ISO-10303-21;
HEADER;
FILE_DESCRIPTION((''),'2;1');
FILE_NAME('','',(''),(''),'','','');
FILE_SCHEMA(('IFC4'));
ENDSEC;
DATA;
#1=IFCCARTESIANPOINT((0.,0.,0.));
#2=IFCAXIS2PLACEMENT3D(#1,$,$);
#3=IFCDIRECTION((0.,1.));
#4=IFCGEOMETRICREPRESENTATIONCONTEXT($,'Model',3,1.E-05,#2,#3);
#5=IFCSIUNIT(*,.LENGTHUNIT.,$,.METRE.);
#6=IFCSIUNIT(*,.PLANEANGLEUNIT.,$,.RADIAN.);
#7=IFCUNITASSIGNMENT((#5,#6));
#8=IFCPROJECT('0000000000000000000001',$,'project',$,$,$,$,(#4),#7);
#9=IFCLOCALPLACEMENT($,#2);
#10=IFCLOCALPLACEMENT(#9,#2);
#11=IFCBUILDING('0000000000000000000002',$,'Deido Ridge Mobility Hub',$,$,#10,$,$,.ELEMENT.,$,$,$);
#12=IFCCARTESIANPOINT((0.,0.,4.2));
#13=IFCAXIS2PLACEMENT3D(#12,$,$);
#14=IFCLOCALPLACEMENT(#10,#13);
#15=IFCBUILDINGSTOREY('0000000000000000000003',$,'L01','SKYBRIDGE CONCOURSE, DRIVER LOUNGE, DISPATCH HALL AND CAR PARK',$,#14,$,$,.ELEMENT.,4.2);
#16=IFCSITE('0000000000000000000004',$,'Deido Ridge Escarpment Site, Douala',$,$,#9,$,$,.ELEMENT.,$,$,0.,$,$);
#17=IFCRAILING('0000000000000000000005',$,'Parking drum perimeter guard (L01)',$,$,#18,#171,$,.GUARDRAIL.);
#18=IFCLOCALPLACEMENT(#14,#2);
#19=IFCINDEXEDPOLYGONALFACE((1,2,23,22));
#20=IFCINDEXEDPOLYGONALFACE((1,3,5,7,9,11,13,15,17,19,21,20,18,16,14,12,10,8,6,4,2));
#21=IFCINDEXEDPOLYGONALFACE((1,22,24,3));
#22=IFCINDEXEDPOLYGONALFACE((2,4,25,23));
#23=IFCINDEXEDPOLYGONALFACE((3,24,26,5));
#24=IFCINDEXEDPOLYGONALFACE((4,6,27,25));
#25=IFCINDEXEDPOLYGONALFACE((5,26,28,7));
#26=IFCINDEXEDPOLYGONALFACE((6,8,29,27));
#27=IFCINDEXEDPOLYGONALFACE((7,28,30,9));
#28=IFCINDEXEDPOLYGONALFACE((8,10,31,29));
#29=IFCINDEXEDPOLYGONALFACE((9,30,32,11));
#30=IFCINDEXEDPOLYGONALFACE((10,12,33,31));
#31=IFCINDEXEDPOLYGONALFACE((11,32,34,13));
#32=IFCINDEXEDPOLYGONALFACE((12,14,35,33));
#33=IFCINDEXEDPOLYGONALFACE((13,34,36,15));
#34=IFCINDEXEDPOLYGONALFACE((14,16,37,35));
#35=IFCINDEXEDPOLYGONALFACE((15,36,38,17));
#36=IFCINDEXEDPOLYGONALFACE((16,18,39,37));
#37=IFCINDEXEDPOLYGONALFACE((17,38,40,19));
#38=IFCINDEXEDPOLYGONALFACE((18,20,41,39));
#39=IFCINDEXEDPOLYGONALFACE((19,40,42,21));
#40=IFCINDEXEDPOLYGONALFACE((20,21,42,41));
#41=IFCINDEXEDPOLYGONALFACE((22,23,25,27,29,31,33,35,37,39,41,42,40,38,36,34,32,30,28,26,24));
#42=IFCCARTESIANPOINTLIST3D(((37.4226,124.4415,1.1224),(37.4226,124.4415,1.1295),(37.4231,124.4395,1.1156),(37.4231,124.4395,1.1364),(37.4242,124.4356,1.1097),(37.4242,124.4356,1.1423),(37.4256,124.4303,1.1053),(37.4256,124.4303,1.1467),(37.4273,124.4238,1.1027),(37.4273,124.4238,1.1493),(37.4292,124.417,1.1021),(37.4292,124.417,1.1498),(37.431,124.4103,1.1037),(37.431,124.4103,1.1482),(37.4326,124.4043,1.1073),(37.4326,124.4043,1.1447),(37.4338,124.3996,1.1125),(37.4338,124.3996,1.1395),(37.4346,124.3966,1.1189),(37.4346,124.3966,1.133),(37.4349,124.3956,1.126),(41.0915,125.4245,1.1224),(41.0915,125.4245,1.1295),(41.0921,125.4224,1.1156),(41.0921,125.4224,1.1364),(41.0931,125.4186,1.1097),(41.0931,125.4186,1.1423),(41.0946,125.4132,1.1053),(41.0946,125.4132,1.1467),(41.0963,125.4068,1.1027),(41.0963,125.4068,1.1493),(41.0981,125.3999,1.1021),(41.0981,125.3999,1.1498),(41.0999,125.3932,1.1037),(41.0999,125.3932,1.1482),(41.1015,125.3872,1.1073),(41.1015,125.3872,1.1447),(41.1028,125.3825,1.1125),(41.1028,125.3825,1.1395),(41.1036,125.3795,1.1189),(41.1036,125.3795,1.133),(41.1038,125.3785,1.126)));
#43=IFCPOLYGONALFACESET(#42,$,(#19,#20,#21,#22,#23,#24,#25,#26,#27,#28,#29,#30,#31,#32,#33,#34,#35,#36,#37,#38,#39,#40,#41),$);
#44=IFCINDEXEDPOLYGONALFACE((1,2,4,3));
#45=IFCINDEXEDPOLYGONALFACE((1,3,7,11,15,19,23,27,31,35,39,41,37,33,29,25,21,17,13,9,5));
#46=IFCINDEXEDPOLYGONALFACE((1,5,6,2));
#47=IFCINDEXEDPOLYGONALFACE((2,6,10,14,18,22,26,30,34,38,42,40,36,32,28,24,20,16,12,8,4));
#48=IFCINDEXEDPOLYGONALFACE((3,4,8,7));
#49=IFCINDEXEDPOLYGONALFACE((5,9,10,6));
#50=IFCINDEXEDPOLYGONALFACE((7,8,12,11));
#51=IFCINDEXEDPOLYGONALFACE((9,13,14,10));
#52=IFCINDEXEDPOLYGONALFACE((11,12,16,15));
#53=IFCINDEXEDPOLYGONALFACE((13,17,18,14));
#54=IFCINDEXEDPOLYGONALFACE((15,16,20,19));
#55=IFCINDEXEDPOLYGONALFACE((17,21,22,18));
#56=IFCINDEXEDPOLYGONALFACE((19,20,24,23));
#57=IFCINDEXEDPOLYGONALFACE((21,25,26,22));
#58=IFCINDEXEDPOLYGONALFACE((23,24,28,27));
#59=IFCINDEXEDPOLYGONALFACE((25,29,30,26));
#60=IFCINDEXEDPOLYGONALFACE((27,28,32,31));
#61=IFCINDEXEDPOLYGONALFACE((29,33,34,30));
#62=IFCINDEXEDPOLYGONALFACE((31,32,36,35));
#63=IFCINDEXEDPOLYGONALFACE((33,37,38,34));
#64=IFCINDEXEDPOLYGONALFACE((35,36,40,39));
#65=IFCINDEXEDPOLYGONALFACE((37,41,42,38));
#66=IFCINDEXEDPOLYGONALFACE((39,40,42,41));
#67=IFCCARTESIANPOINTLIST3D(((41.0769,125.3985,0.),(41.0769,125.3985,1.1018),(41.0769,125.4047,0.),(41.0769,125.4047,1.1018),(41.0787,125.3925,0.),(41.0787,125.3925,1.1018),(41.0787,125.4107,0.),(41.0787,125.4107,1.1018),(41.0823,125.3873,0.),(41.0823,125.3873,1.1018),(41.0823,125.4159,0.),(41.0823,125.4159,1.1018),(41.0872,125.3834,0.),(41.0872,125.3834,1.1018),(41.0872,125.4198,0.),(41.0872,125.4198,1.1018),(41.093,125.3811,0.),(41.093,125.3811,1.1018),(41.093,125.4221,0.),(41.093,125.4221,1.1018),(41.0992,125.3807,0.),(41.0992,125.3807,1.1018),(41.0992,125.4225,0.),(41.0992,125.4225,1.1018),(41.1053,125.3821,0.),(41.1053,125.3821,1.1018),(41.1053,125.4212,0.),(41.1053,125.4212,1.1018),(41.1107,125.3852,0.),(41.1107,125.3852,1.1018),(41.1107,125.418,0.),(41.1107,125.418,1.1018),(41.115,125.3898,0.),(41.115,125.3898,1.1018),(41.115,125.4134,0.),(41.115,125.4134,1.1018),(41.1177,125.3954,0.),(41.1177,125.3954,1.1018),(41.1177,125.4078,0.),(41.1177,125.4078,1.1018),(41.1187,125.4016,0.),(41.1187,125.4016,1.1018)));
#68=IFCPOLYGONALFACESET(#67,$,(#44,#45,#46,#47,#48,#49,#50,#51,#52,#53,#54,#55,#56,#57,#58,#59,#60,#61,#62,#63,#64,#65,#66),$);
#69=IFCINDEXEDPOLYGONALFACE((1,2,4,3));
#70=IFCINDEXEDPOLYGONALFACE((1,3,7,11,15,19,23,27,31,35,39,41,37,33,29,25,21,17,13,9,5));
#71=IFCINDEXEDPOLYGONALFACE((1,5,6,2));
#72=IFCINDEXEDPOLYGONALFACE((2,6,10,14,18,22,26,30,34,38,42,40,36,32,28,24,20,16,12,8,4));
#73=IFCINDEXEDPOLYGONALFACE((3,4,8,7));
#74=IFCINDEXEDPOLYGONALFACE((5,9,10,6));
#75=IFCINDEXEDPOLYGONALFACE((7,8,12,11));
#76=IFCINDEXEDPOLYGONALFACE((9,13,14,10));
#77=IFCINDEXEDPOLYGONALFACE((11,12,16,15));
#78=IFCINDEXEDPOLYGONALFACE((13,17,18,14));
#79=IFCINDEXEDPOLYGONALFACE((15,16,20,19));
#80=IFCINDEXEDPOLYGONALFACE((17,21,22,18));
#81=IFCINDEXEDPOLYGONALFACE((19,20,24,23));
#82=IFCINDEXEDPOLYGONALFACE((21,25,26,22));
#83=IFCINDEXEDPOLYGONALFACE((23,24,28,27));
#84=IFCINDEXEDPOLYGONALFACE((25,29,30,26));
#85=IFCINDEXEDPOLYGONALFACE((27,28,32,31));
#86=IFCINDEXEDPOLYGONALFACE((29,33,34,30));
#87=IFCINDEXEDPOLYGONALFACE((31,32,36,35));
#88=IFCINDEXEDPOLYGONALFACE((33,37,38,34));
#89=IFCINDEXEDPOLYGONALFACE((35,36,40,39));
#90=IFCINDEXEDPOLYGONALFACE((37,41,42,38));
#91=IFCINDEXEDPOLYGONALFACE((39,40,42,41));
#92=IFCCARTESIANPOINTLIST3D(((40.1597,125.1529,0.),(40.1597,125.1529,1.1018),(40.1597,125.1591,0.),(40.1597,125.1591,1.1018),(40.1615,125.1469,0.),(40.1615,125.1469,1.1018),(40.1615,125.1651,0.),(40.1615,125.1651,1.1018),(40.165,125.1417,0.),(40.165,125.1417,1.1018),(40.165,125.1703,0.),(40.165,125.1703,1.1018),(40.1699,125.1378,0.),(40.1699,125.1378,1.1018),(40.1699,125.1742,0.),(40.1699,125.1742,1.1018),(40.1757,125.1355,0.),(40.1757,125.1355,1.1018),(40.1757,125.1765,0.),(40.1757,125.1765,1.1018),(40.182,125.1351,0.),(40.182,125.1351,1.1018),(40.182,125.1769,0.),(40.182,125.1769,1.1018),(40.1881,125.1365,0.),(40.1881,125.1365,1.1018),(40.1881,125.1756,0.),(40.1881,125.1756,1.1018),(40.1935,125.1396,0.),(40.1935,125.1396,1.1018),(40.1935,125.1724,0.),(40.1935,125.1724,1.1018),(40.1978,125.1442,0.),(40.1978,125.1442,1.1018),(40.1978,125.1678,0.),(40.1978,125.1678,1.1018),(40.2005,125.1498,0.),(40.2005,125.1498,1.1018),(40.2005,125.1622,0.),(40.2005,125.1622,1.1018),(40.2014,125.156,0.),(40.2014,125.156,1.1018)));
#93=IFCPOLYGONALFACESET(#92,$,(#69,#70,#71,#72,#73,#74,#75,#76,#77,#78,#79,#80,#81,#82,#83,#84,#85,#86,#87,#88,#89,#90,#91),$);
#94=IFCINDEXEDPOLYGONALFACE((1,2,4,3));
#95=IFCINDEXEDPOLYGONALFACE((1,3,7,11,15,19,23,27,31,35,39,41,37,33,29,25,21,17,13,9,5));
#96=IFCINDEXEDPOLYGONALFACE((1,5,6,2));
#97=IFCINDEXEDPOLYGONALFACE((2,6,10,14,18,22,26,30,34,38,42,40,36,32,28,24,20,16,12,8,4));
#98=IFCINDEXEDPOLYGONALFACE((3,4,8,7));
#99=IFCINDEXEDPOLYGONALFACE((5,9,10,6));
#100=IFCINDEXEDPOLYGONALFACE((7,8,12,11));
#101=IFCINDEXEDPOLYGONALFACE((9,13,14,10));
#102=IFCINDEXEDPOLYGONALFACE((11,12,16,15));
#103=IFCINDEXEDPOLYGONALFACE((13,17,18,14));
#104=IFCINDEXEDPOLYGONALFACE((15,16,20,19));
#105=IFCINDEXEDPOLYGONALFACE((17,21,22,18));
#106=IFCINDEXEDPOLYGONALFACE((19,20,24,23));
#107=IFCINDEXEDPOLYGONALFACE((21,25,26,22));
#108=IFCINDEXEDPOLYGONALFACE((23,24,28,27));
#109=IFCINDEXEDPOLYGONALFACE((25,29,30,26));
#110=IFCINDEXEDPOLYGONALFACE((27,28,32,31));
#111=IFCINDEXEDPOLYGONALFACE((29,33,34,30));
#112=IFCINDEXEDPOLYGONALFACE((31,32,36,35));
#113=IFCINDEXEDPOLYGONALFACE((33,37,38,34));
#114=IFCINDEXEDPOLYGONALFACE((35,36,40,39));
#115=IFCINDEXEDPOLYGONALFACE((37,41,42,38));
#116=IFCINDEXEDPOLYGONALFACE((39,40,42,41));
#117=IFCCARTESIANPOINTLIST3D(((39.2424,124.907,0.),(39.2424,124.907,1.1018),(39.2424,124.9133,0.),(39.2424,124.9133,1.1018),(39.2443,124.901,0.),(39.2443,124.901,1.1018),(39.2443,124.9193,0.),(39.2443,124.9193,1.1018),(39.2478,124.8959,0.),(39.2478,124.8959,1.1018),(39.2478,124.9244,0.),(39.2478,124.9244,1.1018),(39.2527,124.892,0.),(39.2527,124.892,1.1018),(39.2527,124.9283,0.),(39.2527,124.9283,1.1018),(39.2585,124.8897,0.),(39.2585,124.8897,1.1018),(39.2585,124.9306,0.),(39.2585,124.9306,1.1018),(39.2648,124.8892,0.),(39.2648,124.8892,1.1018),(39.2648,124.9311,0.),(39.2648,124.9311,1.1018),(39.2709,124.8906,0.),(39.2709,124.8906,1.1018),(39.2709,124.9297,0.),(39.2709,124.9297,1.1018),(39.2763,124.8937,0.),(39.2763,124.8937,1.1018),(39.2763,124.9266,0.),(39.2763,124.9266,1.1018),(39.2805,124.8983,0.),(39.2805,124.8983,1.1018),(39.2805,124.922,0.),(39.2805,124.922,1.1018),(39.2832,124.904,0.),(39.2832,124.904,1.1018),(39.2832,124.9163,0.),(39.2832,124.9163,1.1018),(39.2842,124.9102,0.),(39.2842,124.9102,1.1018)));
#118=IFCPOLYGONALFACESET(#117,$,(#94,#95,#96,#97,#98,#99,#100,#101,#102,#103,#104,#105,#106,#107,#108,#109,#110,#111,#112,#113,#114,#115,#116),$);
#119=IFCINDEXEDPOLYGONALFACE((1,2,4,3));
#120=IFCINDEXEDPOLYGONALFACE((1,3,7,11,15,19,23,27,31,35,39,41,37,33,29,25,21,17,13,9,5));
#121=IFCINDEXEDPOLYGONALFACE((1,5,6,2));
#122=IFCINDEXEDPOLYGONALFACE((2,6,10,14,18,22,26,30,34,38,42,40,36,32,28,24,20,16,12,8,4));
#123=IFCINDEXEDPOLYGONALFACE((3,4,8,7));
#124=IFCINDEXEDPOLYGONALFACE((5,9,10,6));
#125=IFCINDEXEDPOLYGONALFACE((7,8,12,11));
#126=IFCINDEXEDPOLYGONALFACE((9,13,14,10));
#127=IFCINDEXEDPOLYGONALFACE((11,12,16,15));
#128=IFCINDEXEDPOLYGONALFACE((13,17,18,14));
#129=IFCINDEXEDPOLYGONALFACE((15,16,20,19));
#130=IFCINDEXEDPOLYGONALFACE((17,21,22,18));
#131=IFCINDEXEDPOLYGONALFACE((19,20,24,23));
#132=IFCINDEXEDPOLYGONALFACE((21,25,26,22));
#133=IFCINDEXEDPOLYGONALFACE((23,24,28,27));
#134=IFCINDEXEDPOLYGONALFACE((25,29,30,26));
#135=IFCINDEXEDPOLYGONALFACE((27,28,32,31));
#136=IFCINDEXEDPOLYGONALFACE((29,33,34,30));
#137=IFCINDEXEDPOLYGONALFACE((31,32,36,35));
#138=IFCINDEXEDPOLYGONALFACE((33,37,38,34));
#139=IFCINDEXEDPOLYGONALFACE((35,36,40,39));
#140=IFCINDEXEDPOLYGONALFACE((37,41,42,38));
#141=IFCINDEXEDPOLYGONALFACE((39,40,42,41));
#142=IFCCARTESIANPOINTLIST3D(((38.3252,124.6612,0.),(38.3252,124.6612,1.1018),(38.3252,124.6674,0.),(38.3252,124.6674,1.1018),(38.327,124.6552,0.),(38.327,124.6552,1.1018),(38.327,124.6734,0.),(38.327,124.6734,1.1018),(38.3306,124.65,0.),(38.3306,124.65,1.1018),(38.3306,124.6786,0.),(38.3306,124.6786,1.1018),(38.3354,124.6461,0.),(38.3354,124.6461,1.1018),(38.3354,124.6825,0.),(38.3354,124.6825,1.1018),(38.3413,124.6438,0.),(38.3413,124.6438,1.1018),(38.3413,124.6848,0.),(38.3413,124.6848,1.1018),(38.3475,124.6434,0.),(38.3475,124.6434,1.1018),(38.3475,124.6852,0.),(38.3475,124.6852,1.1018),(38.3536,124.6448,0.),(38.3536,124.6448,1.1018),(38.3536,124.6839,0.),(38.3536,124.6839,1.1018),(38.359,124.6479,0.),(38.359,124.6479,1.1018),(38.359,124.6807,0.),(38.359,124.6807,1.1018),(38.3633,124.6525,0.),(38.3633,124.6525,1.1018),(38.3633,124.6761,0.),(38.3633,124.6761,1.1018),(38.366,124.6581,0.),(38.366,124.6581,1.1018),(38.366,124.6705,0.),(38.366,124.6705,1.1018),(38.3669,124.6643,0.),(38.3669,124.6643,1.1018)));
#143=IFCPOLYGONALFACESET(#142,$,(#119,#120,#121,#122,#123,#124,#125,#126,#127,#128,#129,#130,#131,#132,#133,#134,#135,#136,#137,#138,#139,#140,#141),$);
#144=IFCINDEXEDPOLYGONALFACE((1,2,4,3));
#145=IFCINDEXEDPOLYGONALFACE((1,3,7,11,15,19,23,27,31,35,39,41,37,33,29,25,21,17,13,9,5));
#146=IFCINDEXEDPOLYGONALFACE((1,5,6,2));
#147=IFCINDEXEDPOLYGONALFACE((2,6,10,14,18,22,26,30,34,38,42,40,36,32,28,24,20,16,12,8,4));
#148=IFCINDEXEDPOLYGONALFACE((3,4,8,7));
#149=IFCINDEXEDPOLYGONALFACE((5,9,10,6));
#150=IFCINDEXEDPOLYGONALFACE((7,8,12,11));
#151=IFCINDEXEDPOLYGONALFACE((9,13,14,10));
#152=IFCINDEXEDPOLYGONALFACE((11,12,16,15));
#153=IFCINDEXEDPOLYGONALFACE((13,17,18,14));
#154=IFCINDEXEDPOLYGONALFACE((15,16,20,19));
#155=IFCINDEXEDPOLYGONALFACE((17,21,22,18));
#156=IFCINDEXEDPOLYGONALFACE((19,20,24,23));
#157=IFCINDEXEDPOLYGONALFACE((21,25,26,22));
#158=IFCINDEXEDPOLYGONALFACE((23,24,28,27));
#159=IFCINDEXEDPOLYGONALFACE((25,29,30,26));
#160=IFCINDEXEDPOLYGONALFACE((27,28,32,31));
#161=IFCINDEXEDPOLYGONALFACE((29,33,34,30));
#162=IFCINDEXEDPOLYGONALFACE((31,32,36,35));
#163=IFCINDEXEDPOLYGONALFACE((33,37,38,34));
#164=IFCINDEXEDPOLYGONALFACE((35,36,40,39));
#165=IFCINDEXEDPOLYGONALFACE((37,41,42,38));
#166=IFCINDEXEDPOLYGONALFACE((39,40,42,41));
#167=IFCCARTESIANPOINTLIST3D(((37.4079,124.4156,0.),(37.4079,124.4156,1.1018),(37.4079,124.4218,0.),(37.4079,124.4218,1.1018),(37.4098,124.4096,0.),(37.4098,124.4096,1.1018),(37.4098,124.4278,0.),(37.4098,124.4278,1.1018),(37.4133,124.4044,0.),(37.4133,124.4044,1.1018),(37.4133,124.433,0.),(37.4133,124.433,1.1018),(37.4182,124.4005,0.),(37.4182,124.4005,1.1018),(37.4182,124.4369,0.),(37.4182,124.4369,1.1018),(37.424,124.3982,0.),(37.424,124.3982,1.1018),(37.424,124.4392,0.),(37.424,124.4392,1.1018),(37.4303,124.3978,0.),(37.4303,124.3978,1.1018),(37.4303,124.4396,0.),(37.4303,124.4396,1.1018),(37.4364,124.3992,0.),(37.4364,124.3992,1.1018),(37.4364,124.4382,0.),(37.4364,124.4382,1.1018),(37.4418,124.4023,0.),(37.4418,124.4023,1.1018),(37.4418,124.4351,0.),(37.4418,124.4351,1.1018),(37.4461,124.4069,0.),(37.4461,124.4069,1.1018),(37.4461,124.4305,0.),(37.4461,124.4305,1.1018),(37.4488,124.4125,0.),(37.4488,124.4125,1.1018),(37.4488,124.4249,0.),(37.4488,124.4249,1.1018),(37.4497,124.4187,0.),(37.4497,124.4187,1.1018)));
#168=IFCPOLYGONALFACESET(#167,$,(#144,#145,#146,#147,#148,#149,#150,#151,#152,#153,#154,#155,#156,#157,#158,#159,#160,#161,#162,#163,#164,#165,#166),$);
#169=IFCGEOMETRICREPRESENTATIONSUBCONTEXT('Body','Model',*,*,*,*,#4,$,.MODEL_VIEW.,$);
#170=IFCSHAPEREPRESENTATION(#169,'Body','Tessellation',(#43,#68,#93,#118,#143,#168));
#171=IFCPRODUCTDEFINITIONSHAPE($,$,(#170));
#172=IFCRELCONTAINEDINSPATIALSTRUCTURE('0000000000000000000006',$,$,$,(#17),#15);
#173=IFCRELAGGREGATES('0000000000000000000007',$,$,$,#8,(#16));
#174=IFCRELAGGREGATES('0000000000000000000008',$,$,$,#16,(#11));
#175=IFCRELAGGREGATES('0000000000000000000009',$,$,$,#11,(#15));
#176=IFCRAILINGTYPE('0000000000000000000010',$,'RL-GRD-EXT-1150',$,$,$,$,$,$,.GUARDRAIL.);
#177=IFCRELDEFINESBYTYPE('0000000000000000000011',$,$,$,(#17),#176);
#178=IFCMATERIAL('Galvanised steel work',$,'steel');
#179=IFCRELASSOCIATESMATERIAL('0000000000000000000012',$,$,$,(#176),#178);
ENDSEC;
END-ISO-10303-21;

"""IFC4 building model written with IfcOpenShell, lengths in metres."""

from ifc_helpers import new_model, si_unit, direction, frame, origin, origin_2d, place, context, subcontext, project, spatial, circle, extrude, material, type_object, element, save


model = new_model("IFC4")

# Units and contexts
model_context = context("Model", 3, precision=1e-05, world=origin(), true_north=direction((0.0, 1.0)))
body_context = subcontext(model_context, "Body", "Model", "MODEL_VIEW")
ifc_project = project(units=[si_unit("LENGTHUNIT", "METRE"), si_unit("PLANEANGLEUNIT", "RADIAN")], contexts=[model_context])

# Site, building, storey
site_placement = place(None, origin())
site = spatial("IfcSite", under=ifc_project, at=site_placement, Name="Deido Ridge Escarpment Site, Douala", CompositionType="ELEMENT", RefElevation=0.0)
building_placement = place(site_placement, origin())
building = spatial("IfcBuilding", under=site, at=building_placement, Name="Deido Ridge Mobility Hub", CompositionType="ELEMENT")
storey_placement = place(building_placement, frame((0.0, 0.0, 4.2)))
storey = spatial("IfcBuildingStorey", under=building, at=storey_placement, Name="L01", Description="SKYBRIDGE CONCOURSE, DRIVER LOUNGE, DISPATCH HALL AND CAR PARK", CompositionType="ELEMENT", Elevation=4.2)

# Railing
ifc_material_1 = material(Name="Galvanised steel work", Category="steel")
railing_type = type_object("IfcRailingType", Name="RL-GRD-EXT-1150", PredefinedType="GUARDRAIL", material=ifc_material_1)
railing_1_placement = place(storey_placement, frame((41.0977, 125.4016, 0.0)))
element("IfcRailing", 1, at=railing_1_placement, inside=storey, type_object=railing_type, Name="Parking drum perimeter guard (L01)", PredefinedType="GUARDRAIL", context=body_context, shape_type="SweptSolid", body=[
    extrude(circle(Radius=0.0239, at=origin_2d()), frame((0.0, 0.0, 1.126), z_axis=(-0.965938, -0.258775, 0.0), x_axis=(0.258775, -0.965938, 0.0)), (0.0, 0.0, 1.0), 3.7983),
    extrude(circle(Radius=0.021, at=origin_2d()), origin(), (0.0, 0.0, 1.0), 1.1018),
    extrude(circle(Radius=0.021, at=origin_2d()), frame((-0.9172, -0.2456, 0.0)), (0.0, 0.0, 1.0), 1.1018),
    extrude(circle(Radius=0.021, at=origin_2d()), frame((-1.8345, -0.4915, 0.0)), (0.0, 0.0, 1.0), 1.1018),
    extrude(circle(Radius=0.021, at=origin_2d()), frame((-2.7517, -0.7373, 0.0)), (0.0, 0.0, 1.0), 1.1018),
    extrude(circle(Radius=0.021, at=origin_2d()), frame((-3.6689, -0.9829, 0.0)), (0.0, 0.0, 1.0), 1.1018),
])

save(model, "model.ifc")
